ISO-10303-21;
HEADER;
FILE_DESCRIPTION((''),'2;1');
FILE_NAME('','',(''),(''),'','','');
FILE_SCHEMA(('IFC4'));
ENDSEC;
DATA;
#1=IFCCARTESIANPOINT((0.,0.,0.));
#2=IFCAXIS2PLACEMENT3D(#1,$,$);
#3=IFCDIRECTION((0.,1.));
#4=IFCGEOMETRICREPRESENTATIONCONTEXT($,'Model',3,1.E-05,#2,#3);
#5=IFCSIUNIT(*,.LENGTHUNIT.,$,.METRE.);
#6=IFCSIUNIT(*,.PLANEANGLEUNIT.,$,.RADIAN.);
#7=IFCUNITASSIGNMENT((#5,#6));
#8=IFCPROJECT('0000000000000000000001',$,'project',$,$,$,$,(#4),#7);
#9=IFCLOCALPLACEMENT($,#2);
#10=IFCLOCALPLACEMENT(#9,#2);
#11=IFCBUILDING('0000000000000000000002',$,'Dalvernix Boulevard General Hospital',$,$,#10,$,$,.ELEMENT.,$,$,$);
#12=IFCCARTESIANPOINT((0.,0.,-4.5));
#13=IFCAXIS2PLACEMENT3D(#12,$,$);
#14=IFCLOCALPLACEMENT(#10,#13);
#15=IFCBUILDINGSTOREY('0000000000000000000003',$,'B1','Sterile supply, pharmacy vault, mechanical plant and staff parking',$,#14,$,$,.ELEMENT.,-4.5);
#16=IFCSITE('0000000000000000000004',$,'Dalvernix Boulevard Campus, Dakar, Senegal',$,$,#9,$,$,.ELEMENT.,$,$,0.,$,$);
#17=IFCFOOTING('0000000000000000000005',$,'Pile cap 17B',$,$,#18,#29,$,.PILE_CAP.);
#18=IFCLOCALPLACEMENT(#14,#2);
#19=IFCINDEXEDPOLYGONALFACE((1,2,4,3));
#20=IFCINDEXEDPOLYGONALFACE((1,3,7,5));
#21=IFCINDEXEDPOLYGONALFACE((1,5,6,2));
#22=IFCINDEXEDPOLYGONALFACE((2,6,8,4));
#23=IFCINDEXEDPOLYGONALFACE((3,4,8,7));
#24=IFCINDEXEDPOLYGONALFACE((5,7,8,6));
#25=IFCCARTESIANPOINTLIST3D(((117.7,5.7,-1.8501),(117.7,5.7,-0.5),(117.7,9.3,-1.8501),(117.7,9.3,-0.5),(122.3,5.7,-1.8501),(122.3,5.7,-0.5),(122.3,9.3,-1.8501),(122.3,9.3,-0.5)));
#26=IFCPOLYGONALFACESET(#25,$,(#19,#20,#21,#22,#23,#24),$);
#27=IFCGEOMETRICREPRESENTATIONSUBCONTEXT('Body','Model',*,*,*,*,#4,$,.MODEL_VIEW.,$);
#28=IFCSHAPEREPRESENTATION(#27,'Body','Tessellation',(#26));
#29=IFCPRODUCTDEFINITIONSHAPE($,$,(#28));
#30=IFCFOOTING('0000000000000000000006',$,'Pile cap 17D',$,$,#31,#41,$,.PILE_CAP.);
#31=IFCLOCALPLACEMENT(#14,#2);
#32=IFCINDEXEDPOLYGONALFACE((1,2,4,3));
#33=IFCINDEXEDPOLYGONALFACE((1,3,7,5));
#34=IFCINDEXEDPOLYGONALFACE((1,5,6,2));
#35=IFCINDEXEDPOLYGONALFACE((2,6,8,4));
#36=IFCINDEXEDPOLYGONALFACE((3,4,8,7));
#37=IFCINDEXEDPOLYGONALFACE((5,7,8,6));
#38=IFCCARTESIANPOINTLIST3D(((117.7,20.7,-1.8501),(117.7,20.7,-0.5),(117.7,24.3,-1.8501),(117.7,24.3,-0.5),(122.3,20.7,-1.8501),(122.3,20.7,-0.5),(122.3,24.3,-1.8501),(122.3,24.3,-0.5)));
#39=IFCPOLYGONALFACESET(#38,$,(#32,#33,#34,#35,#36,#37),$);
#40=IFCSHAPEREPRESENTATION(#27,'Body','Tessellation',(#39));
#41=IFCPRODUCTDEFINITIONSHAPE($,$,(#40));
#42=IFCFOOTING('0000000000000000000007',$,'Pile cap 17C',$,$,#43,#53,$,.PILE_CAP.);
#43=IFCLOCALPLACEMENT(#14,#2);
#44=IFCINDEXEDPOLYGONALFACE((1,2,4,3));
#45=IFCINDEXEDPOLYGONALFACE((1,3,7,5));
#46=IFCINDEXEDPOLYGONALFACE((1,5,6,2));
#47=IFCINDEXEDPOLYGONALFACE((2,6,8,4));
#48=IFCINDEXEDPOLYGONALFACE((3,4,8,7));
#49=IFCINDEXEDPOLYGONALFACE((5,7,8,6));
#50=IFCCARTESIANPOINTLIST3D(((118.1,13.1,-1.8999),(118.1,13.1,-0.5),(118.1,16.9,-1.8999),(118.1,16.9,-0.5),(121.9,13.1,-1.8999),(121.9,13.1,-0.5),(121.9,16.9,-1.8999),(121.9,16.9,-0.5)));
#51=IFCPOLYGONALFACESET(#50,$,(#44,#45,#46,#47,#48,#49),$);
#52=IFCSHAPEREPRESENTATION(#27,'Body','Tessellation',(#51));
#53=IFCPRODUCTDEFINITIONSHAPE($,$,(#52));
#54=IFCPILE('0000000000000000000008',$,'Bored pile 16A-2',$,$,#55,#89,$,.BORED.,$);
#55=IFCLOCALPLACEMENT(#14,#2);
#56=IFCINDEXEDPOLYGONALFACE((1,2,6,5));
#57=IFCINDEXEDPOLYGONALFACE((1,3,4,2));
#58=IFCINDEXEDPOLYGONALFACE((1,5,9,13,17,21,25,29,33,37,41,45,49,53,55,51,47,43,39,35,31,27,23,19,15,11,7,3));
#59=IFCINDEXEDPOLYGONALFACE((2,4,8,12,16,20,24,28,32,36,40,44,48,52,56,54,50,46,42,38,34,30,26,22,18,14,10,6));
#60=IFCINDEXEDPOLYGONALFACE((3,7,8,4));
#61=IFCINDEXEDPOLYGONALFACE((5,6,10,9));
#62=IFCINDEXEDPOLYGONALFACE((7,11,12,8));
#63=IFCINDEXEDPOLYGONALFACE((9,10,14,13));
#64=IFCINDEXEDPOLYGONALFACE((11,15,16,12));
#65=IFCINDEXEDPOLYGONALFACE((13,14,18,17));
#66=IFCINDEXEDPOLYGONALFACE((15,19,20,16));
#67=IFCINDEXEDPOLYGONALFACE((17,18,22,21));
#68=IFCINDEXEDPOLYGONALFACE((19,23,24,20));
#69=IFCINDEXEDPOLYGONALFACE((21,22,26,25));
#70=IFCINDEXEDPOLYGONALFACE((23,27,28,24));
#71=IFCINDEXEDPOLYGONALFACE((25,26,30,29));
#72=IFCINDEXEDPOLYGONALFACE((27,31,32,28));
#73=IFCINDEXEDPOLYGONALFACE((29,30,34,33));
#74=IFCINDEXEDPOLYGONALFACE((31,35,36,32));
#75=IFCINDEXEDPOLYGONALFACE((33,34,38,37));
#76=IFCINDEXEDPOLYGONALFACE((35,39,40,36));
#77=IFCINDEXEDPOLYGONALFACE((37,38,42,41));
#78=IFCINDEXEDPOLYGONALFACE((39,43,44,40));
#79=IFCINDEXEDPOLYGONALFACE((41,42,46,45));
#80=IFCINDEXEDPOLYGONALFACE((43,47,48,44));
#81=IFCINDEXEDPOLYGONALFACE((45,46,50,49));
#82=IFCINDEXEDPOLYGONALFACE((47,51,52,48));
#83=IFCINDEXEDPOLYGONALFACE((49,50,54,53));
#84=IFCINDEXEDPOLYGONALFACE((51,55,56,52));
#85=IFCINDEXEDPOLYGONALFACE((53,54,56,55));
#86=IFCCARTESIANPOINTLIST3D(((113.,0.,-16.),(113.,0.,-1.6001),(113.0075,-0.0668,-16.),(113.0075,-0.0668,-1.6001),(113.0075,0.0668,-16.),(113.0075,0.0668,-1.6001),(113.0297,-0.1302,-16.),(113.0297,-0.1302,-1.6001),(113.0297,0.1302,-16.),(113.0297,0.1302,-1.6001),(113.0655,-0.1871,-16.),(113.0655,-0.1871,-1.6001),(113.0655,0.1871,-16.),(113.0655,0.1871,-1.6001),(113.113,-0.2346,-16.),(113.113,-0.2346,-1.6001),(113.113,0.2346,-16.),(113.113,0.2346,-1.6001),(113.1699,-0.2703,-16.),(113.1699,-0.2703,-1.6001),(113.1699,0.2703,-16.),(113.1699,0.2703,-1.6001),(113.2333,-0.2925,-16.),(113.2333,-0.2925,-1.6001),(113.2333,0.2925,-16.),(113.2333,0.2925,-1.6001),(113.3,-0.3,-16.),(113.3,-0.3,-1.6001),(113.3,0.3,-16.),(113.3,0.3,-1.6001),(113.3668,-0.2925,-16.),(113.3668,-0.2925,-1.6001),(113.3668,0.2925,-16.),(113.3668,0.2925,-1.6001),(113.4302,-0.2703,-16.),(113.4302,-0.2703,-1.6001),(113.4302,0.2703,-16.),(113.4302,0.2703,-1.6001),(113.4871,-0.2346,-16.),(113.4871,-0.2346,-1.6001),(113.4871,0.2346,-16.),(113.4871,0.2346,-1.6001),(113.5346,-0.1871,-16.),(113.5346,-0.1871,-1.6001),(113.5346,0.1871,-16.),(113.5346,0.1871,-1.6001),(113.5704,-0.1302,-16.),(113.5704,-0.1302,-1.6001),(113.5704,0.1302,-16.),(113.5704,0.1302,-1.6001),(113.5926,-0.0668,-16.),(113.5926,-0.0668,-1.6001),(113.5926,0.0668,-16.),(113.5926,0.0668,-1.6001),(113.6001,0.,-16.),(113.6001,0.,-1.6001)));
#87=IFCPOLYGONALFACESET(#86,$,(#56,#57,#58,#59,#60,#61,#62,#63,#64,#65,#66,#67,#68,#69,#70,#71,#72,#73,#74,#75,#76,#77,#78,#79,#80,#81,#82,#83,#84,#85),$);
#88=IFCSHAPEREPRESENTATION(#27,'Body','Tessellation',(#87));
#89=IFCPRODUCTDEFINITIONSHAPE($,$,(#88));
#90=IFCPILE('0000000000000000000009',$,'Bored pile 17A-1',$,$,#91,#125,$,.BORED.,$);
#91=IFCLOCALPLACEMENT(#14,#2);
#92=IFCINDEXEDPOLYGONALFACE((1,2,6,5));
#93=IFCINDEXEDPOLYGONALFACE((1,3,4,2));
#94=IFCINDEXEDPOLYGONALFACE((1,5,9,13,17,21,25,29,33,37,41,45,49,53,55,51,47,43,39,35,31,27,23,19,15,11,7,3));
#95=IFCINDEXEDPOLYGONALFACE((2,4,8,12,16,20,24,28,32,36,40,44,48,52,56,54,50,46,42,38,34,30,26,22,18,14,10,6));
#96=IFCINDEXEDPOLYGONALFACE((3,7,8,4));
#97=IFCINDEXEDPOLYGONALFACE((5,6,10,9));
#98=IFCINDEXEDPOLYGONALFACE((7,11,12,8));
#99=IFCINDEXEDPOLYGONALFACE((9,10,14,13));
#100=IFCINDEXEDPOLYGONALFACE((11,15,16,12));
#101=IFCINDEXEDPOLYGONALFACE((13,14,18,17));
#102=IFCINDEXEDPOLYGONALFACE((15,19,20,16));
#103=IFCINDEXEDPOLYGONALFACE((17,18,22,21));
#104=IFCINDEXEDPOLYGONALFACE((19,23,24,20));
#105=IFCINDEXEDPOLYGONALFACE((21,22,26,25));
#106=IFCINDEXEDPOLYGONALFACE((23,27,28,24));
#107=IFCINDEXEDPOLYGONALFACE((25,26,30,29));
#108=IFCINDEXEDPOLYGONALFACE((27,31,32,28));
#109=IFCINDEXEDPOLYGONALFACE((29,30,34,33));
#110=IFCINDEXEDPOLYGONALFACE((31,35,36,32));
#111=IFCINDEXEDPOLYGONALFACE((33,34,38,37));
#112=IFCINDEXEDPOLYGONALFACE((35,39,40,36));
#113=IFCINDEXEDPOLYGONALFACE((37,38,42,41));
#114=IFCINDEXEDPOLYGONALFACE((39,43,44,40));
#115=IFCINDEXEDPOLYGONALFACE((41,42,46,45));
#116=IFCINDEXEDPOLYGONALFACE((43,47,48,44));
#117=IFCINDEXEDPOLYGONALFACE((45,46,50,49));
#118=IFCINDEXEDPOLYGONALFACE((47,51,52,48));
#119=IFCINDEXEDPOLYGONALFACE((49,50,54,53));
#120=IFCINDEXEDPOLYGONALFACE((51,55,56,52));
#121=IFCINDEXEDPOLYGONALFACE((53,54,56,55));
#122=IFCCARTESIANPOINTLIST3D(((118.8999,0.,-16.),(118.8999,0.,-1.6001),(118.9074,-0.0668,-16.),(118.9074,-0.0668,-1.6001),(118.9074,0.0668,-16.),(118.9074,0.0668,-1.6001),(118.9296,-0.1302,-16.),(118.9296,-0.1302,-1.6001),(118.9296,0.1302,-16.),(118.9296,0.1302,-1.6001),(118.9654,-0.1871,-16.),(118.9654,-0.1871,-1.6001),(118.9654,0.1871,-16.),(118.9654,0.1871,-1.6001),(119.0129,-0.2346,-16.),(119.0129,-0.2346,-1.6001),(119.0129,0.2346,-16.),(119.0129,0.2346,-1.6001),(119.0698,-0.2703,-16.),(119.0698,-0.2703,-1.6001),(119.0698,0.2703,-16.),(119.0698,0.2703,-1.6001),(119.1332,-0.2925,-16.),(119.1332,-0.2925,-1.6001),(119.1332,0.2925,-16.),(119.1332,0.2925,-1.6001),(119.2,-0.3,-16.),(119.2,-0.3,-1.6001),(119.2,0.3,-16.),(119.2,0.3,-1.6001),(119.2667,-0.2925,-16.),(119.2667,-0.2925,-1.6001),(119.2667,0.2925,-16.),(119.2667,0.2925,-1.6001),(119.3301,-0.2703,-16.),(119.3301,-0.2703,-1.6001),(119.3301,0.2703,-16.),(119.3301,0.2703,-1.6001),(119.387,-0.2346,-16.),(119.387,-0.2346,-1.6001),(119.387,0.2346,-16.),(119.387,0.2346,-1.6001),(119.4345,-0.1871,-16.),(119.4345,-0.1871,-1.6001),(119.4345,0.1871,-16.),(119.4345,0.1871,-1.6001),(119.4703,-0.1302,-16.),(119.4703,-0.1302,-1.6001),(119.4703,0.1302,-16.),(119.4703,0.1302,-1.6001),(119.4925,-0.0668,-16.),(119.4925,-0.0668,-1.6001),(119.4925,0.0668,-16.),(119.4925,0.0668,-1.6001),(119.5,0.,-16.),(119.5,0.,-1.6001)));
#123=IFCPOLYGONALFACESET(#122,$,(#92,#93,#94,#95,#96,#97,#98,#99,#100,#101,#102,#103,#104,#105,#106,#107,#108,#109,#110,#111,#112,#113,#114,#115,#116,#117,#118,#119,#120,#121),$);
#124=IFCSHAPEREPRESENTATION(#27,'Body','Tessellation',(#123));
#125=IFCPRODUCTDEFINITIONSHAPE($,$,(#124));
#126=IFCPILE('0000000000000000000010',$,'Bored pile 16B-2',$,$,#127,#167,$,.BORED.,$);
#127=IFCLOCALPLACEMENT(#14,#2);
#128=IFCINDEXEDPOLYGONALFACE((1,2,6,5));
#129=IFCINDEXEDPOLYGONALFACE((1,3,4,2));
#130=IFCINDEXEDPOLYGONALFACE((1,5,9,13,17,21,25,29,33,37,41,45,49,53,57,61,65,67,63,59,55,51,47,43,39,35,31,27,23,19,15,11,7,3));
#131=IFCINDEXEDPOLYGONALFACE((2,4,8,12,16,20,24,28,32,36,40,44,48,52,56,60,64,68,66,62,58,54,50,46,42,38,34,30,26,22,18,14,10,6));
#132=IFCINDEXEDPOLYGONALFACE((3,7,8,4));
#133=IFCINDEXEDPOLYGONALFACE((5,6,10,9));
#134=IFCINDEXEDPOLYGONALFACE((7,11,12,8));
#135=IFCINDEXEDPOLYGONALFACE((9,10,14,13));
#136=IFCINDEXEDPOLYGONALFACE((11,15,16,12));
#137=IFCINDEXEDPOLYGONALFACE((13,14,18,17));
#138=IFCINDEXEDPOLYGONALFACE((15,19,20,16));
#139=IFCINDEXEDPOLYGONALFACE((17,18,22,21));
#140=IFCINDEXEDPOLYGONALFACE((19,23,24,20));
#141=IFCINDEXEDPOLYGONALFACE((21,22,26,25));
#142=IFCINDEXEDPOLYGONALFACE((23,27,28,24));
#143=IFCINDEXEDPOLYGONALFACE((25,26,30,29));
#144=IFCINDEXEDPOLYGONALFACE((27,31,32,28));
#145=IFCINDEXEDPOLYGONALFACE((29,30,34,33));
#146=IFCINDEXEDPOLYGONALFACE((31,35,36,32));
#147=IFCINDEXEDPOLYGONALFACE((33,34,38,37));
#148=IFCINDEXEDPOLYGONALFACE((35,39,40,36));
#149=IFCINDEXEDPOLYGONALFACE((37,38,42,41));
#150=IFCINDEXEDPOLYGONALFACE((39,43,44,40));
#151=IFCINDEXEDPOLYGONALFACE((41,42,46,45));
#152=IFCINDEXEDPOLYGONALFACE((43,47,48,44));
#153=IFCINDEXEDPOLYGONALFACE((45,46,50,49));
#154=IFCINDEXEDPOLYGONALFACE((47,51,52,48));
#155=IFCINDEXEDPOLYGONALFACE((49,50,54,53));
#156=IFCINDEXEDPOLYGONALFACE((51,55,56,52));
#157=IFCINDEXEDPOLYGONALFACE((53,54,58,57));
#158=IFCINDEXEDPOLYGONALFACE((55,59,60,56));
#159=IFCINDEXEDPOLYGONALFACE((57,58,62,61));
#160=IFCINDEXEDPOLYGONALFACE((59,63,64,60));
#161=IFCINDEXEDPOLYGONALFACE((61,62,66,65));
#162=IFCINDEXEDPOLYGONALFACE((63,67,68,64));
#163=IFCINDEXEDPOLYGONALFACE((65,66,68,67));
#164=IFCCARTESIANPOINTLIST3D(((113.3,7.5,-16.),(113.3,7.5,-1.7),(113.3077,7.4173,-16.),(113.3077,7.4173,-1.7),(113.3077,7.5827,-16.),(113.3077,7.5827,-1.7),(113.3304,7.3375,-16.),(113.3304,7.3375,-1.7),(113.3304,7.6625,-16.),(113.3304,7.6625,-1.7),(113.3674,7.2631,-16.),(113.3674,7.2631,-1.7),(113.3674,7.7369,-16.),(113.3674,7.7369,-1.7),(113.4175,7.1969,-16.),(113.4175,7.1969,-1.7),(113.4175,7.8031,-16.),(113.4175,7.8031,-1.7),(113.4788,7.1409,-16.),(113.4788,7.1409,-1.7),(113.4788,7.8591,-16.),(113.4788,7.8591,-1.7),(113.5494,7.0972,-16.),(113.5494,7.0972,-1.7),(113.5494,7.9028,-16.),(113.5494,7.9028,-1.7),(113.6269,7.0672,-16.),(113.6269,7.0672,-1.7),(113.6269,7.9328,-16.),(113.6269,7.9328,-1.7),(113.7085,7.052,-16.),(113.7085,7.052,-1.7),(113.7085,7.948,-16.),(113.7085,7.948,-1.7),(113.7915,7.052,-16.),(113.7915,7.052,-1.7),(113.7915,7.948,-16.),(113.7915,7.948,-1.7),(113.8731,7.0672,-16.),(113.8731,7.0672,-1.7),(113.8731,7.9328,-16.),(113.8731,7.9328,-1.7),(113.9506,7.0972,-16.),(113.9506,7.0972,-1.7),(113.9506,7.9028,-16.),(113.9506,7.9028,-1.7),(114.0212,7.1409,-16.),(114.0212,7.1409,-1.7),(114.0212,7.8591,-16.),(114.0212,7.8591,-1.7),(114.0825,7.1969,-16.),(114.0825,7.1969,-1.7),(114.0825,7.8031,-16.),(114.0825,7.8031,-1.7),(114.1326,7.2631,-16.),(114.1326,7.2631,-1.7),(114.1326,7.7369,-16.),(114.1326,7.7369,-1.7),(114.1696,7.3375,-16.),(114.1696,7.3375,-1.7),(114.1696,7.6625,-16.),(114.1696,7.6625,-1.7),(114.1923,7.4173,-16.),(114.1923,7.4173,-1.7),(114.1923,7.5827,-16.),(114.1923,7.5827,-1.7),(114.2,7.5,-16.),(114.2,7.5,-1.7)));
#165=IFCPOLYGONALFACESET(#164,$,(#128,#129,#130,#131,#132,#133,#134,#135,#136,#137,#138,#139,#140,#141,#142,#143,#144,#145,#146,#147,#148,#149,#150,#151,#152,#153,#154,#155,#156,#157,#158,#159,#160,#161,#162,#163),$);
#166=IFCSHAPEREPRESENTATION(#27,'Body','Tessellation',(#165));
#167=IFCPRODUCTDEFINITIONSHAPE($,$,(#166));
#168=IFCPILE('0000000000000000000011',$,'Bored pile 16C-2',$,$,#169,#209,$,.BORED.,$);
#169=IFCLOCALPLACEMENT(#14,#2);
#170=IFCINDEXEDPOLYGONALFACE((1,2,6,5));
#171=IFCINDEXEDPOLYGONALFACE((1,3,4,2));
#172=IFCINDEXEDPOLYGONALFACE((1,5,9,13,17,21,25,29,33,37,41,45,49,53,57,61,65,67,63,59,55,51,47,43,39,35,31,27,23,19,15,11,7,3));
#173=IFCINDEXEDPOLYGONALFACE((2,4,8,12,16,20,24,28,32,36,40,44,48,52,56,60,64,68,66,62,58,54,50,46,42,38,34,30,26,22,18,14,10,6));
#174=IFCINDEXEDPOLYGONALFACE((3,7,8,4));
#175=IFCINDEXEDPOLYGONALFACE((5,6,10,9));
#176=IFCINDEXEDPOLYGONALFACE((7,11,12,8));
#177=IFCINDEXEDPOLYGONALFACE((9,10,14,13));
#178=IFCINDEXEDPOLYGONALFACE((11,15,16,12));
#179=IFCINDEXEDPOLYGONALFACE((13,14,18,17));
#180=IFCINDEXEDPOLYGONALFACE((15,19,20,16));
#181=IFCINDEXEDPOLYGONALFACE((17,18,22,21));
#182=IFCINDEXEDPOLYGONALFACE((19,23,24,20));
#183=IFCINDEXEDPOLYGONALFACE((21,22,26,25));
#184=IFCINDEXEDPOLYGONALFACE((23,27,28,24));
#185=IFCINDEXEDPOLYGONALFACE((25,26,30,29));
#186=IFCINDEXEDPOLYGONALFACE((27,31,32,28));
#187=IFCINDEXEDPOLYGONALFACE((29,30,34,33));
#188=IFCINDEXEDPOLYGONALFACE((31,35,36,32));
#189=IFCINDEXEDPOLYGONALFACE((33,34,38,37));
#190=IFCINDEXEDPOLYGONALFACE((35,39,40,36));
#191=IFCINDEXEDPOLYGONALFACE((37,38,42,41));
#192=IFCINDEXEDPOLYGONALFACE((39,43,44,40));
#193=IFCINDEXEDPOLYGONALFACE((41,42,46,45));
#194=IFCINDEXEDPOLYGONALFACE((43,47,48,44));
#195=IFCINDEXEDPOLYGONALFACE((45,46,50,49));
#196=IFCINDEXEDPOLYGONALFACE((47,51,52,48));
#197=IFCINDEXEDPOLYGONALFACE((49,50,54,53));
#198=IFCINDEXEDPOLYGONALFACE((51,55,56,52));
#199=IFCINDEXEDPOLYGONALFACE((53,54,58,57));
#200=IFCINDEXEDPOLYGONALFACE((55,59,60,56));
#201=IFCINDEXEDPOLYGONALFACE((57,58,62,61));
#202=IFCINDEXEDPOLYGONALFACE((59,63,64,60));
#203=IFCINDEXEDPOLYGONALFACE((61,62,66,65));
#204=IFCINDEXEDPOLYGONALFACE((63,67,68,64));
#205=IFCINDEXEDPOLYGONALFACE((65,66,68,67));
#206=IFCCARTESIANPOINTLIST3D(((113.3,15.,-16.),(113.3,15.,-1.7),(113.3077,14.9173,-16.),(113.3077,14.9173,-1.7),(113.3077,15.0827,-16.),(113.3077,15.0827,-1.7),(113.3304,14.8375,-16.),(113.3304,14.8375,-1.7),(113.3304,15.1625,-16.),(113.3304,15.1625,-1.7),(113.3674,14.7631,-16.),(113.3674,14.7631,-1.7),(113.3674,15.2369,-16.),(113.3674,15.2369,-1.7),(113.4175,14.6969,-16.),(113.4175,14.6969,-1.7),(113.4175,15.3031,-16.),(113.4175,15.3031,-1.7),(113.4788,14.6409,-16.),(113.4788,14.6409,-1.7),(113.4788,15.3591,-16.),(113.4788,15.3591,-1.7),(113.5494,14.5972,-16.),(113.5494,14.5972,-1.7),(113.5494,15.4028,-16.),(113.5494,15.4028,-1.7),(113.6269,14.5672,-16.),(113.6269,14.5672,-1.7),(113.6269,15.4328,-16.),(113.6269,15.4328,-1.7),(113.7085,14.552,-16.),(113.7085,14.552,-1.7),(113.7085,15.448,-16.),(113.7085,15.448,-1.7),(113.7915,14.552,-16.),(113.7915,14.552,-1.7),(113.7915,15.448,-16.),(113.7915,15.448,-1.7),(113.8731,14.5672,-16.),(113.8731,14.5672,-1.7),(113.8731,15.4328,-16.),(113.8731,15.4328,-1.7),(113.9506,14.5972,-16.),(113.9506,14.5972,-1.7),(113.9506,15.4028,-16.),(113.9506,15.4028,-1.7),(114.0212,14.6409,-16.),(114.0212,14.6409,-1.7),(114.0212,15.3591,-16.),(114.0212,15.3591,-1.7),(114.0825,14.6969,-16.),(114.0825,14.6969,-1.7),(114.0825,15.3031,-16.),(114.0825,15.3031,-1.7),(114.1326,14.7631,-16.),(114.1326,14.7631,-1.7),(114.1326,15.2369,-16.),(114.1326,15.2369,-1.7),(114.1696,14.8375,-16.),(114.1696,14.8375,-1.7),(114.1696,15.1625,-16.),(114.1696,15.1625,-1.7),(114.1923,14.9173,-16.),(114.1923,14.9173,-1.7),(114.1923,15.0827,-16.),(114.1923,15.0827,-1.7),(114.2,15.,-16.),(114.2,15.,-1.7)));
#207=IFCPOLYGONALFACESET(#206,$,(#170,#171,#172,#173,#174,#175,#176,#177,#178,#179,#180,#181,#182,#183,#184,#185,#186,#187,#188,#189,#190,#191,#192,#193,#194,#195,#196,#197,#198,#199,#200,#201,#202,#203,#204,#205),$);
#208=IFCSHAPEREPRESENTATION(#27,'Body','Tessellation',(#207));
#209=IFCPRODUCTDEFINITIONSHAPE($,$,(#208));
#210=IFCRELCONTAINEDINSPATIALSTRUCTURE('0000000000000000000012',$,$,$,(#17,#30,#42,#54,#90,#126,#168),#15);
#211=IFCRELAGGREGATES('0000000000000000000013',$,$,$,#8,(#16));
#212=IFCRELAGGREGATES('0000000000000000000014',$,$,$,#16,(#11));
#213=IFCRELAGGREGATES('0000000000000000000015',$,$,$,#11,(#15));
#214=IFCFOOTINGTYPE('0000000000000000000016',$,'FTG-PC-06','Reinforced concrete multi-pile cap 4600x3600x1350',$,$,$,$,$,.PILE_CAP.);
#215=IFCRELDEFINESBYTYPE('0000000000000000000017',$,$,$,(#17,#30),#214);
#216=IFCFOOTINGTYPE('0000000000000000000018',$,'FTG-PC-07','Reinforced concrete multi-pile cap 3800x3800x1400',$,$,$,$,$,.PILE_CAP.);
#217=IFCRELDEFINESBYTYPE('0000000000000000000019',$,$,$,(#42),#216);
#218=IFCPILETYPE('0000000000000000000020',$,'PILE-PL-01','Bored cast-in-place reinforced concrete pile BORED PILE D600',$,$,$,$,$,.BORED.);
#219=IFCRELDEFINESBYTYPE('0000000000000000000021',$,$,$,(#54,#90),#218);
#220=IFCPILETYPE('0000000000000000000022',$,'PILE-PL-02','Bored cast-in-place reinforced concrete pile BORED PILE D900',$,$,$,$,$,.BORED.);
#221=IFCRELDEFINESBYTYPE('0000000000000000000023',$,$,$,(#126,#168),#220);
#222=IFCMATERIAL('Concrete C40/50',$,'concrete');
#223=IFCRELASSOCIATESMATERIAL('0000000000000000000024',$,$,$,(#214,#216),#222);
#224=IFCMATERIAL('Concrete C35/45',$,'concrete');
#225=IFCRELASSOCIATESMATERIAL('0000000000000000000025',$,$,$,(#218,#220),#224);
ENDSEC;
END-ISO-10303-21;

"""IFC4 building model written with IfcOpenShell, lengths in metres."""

from ifc_helpers import new_model, si_unit, direction, frame, origin, origin_2d, place, context, subcontext, project, spatial, rectangle, circle, extrude, material, material_profile, profile_set, type_object, element, save


model = new_model("IFC4")

# Units and contexts
model_context = context("Model", 3, precision=1e-05, world=origin(), true_north=direction((0.0, 1.0)))
body_context = subcontext(model_context, "Body", "Model", "MODEL_VIEW")
ifc_project = project(units=[si_unit("LENGTHUNIT", "METRE"), si_unit("PLANEANGLEUNIT", "RADIAN")], contexts=[model_context])

# Site, building, storey
site_placement = place(None, origin())
site = spatial("IfcSite", under=ifc_project, at=site_placement, Name="Dalvernix Boulevard Campus, Dakar, Senegal", CompositionType="ELEMENT", RefElevation=0.0)
building_placement = place(site_placement, origin())
building = spatial("IfcBuilding", under=site, at=building_placement, Name="Dalvernix Boulevard General Hospital", CompositionType="ELEMENT")
storey_placement = place(building_placement, frame((0.0, 0.0, -4.5)))
storey = spatial("IfcBuildingStorey", under=building, at=storey_placement, Name="B1", Description="Sterile supply, pharmacy vault, mechanical plant and staff parking", CompositionType="ELEMENT", Elevation=-4.5)

# Footings
ifc_material_1 = material(Name="Concrete C35/45", Category="concrete")
ifc_material_2 = material(Name="Concrete C40/50", Category="concrete")
footing_type_1 = type_object("IfcFootingType", Name="FTG-PC-06", Description="Reinforced concrete multi-pile cap 4600x3600x1350", PredefinedType="PILE_CAP", material=ifc_material_2)
for number, where, z_axis, x_axis, name in (
    (1, (120.0, 7.5, -1.8501), (0.0, 0.0, 1.0), (1.0, 0.0, 0.0), "Pile cap 17B"),
    (2, (120.0, 22.5, -1.8501), (0.0, 0.0, 1.0), (1.0, 0.0, 0.0), "Pile cap 17D"),
):
    element("IfcFooting", number, at=place(storey_placement, frame(where, z_axis=z_axis, x_axis=x_axis)), inside=storey, type_object=footing_type_1, Name=name, PredefinedType="PILE_CAP", context=body_context, shape_type="SweptSolid", body=[
        extrude(rectangle(XDim=4.6001, YDim=3.6001, at=origin_2d()), origin(), (0.0, 0.0, 1.0), 1.3501),
    ])
footing_type_2 = type_object("IfcFootingType", Name="FTG-PC-07", Description="Reinforced concrete multi-pile cap 3800x3800x1400", PredefinedType="PILE_CAP", material=ifc_material_2)
footing_1_placement = place(storey_placement, frame((120.0, 15.0, -1.8999), z_axis=(0.0, 0.0, 1.0), x_axis=(1.0, 0.0, 0.0)))
element("IfcFooting", 3, at=footing_1_placement, inside=storey, type_object=footing_type_2, Name="Pile cap 17C", PredefinedType="PILE_CAP", context=body_context, shape_type="SweptSolid", body=[
    extrude(rectangle(XDim=3.8, YDim=3.8, at=origin_2d()), origin(), (0.0, 0.0, 1.0), 1.3999),
])

# Piles
ifc_material_profile_1 = material_profile(ifc_material_1, circle(Radius=0.3, at=origin_2d()), Name="BORED PILE D600")
ifc_profile_set_1 = profile_set([ifc_material_profile_1], Name="Concrete C35/45")
pile_type_1 = type_object("IfcPileType", Name="PILE-PL-01", Description="Bored cast-in-place reinforced concrete pile BORED PILE D600", PredefinedType="BORED", material=ifc_profile_set_1)
for number, where, z_axis, x_axis, name in (
    (4, (113.3, 0.0, -1.6001), (0.0, 0.0, -1.0), (1.0, 0.0, 0.0), "Bored pile 16A-2"),
    (5, (119.2, 0.0, -1.6001), (0.0, 0.0, -1.0), (1.0, 0.0, 0.0), "Bored pile 17A-1"),
):
    element("IfcPile", number, at=place(storey_placement, frame(where, z_axis=z_axis, x_axis=x_axis)), inside=storey, type_object=pile_type_1, Name=name, PredefinedType="BORED", context=body_context, shape_type="SweptSolid", body=[
        extrude(circle(Radius=0.3, at=origin_2d()), origin(), (0.0, 0.0, 1.0), 14.3999),
    ])
ifc_material_profile_2 = material_profile(ifc_material_1, circle(Radius=0.45, at=origin_2d()), Name="BORED PILE D900")
ifc_profile_set_2 = profile_set([ifc_material_profile_2], Name="Concrete C35/45")
pile_type_2 = type_object("IfcPileType", Name="PILE-PL-02", Description="Bored cast-in-place reinforced concrete pile BORED PILE D900", PredefinedType="BORED", material=ifc_profile_set_2)
for number, where, z_axis, x_axis, name in (
    (6, (113.75, 7.5, -1.7), (0.0, 0.0, -1.0), (1.0, 0.0, 0.0), "Bored pile 16B-2"),
    (7, (113.75, 15.0, -1.7), (0.0, 0.0, -1.0), (1.0, 0.0, 0.0), "Bored pile 16C-2"),
):
    element("IfcPile", number, at=place(storey_placement, frame(where, z_axis=z_axis, x_axis=x_axis)), inside=storey, type_object=pile_type_2, Name=name, PredefinedType="BORED", context=body_context, shape_type="SweptSolid", body=[
        extrude(circle(Radius=0.45, at=origin_2d()), origin(), (0.0, 0.0, 1.0), 14.3),
    ])

save(model, "model.ifc")
